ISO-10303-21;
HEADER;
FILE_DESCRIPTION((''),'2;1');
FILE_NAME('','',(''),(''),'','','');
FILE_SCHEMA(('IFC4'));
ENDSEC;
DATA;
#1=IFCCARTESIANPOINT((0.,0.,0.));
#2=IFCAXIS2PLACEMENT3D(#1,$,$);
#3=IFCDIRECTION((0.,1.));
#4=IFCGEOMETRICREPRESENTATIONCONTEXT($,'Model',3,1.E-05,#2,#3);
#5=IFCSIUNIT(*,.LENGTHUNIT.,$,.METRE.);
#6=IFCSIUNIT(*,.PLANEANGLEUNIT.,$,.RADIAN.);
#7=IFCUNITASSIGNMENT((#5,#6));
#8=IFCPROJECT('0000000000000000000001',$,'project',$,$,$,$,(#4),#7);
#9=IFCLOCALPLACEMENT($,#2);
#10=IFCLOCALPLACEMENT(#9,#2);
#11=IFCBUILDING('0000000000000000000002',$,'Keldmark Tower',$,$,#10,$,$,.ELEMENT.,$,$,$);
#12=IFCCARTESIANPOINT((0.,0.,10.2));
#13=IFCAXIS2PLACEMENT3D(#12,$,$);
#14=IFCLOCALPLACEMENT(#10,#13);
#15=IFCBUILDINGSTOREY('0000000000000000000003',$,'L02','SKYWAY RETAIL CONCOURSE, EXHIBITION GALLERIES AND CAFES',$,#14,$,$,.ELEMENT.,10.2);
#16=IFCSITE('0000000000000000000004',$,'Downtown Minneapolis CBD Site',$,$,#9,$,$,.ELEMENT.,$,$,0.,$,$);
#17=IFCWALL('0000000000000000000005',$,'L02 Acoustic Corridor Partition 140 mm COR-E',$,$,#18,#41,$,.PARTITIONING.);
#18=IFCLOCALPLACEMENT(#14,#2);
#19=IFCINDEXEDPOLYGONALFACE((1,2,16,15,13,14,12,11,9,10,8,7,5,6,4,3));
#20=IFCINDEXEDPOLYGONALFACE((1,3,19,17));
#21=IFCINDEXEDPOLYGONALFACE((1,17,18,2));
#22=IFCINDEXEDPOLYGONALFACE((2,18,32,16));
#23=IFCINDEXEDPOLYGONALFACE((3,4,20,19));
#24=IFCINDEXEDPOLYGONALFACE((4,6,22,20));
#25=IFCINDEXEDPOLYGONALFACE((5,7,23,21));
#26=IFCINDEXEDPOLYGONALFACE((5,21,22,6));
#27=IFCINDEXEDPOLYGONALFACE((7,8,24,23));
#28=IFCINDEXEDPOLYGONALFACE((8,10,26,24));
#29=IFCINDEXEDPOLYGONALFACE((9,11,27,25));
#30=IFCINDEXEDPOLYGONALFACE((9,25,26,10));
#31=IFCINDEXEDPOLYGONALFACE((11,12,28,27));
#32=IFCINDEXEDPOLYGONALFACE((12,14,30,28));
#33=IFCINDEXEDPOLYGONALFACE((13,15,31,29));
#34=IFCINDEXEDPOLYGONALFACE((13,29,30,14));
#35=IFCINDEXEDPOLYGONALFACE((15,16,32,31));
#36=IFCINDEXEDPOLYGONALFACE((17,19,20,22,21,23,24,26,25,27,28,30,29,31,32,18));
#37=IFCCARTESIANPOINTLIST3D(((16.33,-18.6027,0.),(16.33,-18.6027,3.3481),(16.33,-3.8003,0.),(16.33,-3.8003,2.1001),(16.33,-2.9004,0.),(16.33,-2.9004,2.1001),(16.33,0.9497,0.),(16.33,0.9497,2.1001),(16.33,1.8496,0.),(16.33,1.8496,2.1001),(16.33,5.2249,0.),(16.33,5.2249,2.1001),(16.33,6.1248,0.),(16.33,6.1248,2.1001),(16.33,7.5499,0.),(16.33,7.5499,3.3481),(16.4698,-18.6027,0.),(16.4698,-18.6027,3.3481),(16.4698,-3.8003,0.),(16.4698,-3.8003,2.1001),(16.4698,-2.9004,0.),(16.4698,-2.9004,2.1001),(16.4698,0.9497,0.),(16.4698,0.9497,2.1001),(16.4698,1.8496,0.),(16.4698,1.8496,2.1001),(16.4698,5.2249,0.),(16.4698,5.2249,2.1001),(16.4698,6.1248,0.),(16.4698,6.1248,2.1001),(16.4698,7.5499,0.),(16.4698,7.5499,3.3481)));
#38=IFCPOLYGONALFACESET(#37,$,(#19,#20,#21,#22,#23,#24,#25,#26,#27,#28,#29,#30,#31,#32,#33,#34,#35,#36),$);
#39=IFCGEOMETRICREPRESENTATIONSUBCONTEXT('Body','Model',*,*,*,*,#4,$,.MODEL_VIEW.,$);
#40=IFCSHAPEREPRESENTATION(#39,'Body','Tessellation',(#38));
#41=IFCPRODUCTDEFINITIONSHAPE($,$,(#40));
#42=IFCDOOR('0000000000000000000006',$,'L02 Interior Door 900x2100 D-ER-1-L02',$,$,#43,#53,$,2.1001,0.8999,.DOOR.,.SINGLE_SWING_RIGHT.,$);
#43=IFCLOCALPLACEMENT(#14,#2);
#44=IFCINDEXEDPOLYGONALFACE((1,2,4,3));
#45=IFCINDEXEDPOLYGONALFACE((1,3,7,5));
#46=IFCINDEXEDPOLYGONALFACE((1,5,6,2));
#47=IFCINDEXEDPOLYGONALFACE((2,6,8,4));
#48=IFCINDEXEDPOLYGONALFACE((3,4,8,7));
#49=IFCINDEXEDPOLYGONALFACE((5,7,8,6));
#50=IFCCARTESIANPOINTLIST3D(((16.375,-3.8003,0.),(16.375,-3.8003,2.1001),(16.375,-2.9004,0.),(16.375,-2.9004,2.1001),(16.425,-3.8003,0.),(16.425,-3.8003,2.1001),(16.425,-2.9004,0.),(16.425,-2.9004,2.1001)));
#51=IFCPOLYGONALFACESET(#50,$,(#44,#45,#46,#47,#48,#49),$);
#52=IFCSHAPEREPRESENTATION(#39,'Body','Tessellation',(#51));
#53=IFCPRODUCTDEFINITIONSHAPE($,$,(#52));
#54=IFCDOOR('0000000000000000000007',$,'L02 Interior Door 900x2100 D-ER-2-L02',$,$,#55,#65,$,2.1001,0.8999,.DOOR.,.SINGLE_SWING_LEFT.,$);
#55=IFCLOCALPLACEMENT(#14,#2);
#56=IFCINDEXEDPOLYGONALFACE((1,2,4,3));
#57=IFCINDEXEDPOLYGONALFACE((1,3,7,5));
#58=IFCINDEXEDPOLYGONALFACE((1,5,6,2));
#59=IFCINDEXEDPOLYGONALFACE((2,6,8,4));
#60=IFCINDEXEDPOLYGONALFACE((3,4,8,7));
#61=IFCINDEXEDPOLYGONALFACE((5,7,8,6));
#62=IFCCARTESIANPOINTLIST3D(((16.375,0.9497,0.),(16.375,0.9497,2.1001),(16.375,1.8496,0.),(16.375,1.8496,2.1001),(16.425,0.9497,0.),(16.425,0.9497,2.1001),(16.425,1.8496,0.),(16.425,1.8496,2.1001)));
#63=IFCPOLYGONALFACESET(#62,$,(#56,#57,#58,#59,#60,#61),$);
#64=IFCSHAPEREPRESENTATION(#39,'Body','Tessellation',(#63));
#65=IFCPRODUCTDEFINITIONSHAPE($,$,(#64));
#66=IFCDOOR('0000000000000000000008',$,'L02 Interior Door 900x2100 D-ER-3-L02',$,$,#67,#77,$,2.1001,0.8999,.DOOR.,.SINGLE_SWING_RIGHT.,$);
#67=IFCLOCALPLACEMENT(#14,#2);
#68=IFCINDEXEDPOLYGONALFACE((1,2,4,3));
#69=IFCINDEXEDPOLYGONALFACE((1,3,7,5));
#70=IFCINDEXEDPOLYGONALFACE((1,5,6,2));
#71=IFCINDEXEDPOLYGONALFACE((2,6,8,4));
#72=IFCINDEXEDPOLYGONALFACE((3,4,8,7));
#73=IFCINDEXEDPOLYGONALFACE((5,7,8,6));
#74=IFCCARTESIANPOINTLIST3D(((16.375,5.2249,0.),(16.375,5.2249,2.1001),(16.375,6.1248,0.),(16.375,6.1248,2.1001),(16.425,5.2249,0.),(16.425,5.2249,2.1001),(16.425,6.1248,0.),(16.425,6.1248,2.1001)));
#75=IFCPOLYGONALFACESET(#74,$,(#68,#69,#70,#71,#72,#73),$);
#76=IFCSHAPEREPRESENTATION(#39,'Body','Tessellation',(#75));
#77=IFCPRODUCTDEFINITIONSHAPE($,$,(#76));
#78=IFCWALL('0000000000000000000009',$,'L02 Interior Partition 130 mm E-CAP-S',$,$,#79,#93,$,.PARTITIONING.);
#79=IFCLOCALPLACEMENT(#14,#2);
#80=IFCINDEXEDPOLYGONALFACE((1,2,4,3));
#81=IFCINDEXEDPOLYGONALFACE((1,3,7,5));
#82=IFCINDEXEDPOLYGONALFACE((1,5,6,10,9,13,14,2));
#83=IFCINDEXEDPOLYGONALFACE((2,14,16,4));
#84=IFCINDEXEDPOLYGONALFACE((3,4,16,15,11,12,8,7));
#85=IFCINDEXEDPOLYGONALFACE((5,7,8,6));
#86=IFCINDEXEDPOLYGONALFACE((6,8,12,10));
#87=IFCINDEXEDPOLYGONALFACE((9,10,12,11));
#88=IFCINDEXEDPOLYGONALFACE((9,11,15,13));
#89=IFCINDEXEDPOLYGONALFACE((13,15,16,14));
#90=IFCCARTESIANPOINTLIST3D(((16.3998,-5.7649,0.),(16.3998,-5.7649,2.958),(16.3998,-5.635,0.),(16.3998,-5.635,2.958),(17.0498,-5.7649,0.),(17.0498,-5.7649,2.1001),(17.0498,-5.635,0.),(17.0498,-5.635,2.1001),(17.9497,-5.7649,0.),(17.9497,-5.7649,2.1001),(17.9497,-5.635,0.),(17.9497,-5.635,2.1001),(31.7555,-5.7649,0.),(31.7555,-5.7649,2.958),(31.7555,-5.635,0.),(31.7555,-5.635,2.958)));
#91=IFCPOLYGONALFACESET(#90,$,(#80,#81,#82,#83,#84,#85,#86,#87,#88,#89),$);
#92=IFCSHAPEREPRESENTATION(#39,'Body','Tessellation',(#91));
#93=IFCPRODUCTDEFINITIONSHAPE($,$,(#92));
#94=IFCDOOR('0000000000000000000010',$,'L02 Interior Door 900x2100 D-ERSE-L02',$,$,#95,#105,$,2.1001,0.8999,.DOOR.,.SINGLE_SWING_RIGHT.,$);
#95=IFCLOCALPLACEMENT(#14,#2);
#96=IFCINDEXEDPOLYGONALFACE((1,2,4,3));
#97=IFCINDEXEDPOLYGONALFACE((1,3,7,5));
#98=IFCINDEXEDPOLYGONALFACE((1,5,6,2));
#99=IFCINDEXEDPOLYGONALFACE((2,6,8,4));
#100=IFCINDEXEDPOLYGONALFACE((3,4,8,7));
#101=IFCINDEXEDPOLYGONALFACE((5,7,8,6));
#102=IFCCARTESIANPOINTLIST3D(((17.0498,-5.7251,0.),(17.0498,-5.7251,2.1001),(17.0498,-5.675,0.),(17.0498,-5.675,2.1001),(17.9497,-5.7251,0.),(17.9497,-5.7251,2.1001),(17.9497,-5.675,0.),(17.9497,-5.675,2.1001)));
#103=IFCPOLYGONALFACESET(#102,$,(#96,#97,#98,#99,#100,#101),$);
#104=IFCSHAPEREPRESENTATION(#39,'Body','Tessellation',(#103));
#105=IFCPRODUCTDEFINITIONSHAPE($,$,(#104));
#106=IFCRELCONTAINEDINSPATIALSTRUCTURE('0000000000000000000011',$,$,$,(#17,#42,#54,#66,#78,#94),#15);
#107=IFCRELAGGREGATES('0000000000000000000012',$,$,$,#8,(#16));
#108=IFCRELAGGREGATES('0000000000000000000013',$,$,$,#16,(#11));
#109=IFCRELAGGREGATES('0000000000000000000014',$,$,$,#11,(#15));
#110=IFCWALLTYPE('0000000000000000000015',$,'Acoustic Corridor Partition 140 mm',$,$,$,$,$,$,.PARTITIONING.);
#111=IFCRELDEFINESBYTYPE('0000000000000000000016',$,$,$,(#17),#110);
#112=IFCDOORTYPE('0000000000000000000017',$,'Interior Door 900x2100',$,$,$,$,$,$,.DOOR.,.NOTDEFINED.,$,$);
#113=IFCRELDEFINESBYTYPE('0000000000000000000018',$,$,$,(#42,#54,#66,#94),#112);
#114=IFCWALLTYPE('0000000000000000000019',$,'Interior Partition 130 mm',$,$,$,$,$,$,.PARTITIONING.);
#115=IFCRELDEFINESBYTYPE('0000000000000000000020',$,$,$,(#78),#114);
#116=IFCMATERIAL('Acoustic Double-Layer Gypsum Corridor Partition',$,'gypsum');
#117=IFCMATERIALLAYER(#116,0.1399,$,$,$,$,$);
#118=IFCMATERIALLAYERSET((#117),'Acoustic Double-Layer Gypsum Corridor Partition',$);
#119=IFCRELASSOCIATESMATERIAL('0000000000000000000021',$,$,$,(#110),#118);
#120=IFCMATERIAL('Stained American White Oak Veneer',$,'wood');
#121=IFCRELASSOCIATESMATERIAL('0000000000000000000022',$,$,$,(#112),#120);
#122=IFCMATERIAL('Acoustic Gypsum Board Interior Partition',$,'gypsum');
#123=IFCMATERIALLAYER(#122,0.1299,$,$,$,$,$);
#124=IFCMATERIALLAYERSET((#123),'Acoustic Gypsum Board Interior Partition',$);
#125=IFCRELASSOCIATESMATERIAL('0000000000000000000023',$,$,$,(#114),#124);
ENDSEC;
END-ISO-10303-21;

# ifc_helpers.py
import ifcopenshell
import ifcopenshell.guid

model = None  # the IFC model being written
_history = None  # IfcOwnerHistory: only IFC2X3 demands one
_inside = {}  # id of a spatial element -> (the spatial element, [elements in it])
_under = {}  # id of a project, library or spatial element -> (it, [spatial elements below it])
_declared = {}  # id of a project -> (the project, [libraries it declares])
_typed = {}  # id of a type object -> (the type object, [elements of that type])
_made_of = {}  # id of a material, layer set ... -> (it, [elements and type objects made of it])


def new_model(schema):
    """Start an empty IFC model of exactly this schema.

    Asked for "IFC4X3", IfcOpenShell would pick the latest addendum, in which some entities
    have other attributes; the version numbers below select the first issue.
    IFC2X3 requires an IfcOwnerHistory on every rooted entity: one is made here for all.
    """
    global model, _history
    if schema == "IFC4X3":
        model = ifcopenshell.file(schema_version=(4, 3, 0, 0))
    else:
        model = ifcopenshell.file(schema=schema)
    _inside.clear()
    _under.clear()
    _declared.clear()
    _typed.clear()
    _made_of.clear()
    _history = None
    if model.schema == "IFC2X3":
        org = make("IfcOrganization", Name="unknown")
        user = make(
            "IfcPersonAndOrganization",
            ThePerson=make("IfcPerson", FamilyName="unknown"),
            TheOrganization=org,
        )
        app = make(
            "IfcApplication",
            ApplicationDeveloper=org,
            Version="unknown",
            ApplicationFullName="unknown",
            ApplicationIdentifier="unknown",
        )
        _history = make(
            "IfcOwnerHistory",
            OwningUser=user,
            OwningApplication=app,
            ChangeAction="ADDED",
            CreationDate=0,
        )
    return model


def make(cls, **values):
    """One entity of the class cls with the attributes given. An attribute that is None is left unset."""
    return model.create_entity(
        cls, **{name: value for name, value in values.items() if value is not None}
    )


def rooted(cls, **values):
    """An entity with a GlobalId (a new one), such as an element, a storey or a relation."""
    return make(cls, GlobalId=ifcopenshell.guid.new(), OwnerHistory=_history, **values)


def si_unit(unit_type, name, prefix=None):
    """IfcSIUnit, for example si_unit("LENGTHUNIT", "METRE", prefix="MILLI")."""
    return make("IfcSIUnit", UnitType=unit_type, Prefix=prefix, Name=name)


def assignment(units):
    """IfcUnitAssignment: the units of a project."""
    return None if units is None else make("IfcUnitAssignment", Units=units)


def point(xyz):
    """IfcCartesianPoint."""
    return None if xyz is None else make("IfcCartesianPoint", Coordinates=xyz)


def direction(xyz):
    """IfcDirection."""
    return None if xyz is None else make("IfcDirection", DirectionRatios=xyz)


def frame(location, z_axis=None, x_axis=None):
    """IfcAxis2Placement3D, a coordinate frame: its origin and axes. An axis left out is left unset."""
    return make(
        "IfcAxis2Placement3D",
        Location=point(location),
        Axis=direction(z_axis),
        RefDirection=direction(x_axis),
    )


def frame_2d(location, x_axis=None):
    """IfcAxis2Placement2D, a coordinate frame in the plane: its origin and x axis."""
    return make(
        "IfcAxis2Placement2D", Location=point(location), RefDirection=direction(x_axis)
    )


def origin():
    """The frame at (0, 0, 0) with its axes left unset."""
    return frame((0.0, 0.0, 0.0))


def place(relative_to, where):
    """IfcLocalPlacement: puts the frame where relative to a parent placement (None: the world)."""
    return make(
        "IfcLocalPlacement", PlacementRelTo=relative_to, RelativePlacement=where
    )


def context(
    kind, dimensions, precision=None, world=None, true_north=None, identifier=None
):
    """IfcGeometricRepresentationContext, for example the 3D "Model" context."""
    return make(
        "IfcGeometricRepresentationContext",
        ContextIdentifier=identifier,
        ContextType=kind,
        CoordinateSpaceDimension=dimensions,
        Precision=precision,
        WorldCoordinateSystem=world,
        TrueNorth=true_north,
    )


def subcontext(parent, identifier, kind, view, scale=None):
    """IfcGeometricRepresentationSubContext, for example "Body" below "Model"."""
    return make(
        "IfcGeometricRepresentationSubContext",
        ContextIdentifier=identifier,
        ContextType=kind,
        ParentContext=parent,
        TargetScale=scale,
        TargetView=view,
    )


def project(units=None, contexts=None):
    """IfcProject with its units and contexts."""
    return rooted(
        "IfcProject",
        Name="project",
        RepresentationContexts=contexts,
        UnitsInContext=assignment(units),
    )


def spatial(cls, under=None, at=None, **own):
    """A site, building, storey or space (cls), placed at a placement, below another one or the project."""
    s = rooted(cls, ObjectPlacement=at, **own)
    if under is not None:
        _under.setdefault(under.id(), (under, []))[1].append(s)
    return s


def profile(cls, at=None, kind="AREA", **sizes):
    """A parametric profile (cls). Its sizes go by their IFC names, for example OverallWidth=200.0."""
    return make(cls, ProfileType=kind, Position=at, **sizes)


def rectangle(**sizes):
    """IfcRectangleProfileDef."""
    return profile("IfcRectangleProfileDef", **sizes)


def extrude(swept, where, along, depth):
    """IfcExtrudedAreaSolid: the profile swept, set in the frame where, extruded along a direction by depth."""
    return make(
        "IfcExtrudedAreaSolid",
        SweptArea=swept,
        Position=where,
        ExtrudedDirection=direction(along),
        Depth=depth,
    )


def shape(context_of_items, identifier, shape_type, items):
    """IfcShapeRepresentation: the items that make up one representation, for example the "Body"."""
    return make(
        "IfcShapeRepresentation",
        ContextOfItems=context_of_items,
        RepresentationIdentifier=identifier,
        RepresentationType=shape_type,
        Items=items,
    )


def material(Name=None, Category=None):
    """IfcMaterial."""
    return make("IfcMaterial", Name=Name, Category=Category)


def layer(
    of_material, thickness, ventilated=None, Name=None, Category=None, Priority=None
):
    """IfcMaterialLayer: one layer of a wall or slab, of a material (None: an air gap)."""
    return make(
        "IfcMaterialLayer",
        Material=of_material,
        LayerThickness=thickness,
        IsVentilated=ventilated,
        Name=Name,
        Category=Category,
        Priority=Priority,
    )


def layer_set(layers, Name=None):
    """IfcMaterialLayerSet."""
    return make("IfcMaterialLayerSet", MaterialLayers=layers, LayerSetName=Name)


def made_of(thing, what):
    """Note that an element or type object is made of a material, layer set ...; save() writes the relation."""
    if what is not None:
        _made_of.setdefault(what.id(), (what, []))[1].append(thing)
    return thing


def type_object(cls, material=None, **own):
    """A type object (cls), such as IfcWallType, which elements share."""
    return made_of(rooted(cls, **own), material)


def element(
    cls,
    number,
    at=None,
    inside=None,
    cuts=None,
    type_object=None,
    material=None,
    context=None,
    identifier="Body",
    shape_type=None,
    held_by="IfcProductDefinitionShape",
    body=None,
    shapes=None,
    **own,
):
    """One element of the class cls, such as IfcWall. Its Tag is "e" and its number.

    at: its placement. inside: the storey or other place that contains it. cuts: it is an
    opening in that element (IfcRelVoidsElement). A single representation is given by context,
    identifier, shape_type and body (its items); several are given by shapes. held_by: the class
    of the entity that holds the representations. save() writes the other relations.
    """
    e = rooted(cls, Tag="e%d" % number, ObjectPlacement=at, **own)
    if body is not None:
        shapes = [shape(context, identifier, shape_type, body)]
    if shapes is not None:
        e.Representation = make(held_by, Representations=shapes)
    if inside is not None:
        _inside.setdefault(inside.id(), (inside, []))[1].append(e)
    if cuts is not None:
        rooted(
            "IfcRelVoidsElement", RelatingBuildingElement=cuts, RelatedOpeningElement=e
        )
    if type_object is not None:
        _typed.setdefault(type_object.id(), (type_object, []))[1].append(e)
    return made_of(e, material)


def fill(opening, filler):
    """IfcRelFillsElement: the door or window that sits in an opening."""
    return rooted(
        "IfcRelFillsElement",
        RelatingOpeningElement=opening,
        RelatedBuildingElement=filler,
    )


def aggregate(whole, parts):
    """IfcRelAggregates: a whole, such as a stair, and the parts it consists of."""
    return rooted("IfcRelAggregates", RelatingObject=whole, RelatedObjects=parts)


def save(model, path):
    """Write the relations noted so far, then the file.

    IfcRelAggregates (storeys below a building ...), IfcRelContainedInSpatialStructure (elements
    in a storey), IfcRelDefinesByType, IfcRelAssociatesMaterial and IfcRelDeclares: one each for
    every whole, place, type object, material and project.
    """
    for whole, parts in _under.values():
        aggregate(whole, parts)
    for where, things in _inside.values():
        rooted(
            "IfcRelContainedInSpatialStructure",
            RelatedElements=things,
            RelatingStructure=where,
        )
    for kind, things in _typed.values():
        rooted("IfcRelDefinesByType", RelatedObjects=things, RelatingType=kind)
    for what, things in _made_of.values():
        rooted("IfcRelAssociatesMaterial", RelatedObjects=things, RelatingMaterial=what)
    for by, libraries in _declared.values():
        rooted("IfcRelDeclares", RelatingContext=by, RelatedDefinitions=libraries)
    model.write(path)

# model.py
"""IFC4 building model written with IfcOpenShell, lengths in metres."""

from ifc_helpers import new_model, si_unit, direction, frame, frame_2d, origin, place, context, subcontext, project, spatial, rectangle, extrude, material, layer, layer_set, type_object, element, fill, save


model = new_model("IFC4")

# Units and contexts
model_context = context("Model", 3, precision=1e-05, world=origin(), true_north=direction((0.0, 1.0)))
body_context = subcontext(model_context, "Body", "Model", "MODEL_VIEW")
ifc_project = project(units=[si_unit("LENGTHUNIT", "METRE"), si_unit("PLANEANGLEUNIT", "RADIAN")], contexts=[model_context])

# Site, building, storey
site_placement = place(None, origin())
site = spatial("IfcSite", under=ifc_project, at=site_placement, Name="Downtown Minneapolis CBD Site", CompositionType="ELEMENT", RefElevation=0.0)
building_placement = place(site_placement, origin())
building = spatial("IfcBuilding", under=site, at=building_placement, Name="Keldmark Tower", CompositionType="ELEMENT")
storey_placement = place(building_placement, frame((0.0, 0.0, 10.2)))
storey = spatial("IfcBuildingStorey", under=building, at=storey_placement, Name="L02", Description="SKYWAY RETAIL CONCOURSE, EXHIBITION GALLERIES AND CAFES", CompositionType="ELEMENT", Elevation=10.2)

# Wall, openings, doors
ifc_material_1 = material(Name="Acoustic Double-Layer Gypsum Corridor Partition", Category="gypsum")
ifc_layer_1 = layer(ifc_material_1, 0.1399)
ifc_layer_set_1 = layer_set([ifc_layer_1], Name="Acoustic Double-Layer Gypsum Corridor Partition")
wall_type_1 = type_object("IfcWallType", Name="Acoustic Corridor Partition 140 mm", PredefinedType="PARTITIONING", material=ifc_layer_set_1)
wall_1_placement = place(storey_placement, frame((16.3999, -18.6025, 0.0), z_axis=(0.0, 0.0, 1.0), x_axis=(0.0, 1.0, 0.0)))
wall_1 = element("IfcWall", 1, at=wall_1_placement, inside=storey, type_object=wall_type_1, Name="L02 Acoustic Corridor Partition 140 mm COR-E", PredefinedType="PARTITIONING", context=body_context, shape_type="SweptSolid", body=[
    extrude(rectangle(XDim=26.1526, YDim=0.1399, at=frame_2d((13.0762, 0.0))), origin(), (0.0, 0.0, 1.0), 3.3481),
])
opening_1_placement = place(wall_1_placement, frame((14.8022, 0.0, 0.0)))
opening_1 = element("IfcOpeningElement", 2, at=opening_1_placement, cuts=wall_1, PredefinedType="OPENING", context=body_context, shape_type="SweptSolid", body=[
    extrude(rectangle(XDim=0.8999, YDim=2.1001, at=frame_2d((0.45, 1.05))), frame((0.0, 0.0798, 0.0), z_axis=(0.0, -1.0, 0.0), x_axis=(1.0, 0.0, 0.0)), (0.0, 0.0, 1.0), 0.1599),
])
opening_2_placement = place(wall_1_placement, frame((19.5522, 0.0, 0.0)))
opening_2 = element("IfcOpeningElement", 3, at=opening_2_placement, cuts=wall_1, PredefinedType="OPENING", context=body_context, shape_type="SweptSolid", body=[
    extrude(rectangle(XDim=0.8999, YDim=2.1001, at=frame_2d((0.45, 1.05))), frame((0.0, 0.0798, 0.0), z_axis=(0.0, -1.0, 0.0), x_axis=(1.0, 0.0, 0.0)), (0.0, 0.0, 1.0), 0.1599),
])
opening_3_placement = place(wall_1_placement, frame((23.8274, 0.0, 0.0)))
opening_3 = element("IfcOpeningElement", 4, at=opening_3_placement, cuts=wall_1, PredefinedType="OPENING", context=body_context, shape_type="SweptSolid", body=[
    extrude(rectangle(XDim=0.8999, YDim=2.1001, at=frame_2d((0.45, 1.05))), frame((0.0, 0.0798, 0.0), z_axis=(0.0, -1.0, 0.0), x_axis=(1.0, 0.0, 0.0)), (0.0, 0.0, 1.0), 0.1599),
])
ifc_material_2 = material(Name="Stained American White Oak Veneer", Category="wood")
door_type = type_object("IfcDoorType", Name="Interior Door 900x2100", OperationType="NOTDEFINED", PredefinedType="DOOR", material=ifc_material_2)
door_1_placement = place(opening_1_placement, origin())
door_1 = element("IfcDoor", 5, at=door_1_placement, inside=storey, type_object=door_type, Name="L02 Interior Door 900x2100 D-ER-1-L02", OperationType="SINGLE_SWING_RIGHT", OverallHeight=2.1001, OverallWidth=0.8999, PredefinedType="DOOR", context=body_context, shape_type="SweptSolid", body=[
    extrude(rectangle(XDim=0.8999, YDim=2.1001, at=frame_2d((0.45, 1.05))), frame((0.0, 0.0249, 0.0), z_axis=(0.0, -1.0, 0.0), x_axis=(1.0, 0.0, 0.0)), (0.0, 0.0, 1.0), 0.05),
])
fill(opening_1, door_1)
door_2_placement = place(opening_2_placement, origin())
door_2 = element("IfcDoor", 6, at=door_2_placement, inside=storey, type_object=door_type, Name="L02 Interior Door 900x2100 D-ER-2-L02", OperationType="SINGLE_SWING_LEFT", OverallHeight=2.1001, OverallWidth=0.8999, PredefinedType="DOOR", context=body_context, shape_type="SweptSolid", body=[
    extrude(rectangle(XDim=0.8999, YDim=2.1001, at=frame_2d((0.45, 1.05))), frame((0.0, 0.0249, 0.0), z_axis=(0.0, -1.0, 0.0), x_axis=(1.0, 0.0, 0.0)), (0.0, 0.0, 1.0), 0.05),
])
fill(opening_2, door_2)
door_3_placement = place(opening_3_placement, origin())
door_3 = element("IfcDoor", 7, at=door_3_placement, inside=storey, type_object=door_type, Name="L02 Interior Door 900x2100 D-ER-3-L02", OperationType="SINGLE_SWING_RIGHT", OverallHeight=2.1001, OverallWidth=0.8999, PredefinedType="DOOR", context=body_context, shape_type="SweptSolid", body=[
    extrude(rectangle(XDim=0.8999, YDim=2.1001, at=frame_2d((0.45, 1.05))), frame((0.0, 0.0249, 0.0), z_axis=(0.0, -1.0, 0.0), x_axis=(1.0, 0.0, 0.0)), (0.0, 0.0, 1.0), 0.05),
])
fill(opening_3, door_3)

# Wall, opening, door
ifc_material_3 = material(Name="Acoustic Gypsum Board Interior Partition", Category="gypsum")
ifc_layer_2 = layer(ifc_material_3, 0.1299)
ifc_layer_set_2 = layer_set([ifc_layer_2], Name="Acoustic Gypsum Board Interior Partition")
wall_type_2 = type_object("IfcWallType", Name="Interior Partition 130 mm", PredefinedType="PARTITIONING", material=ifc_layer_set_2)
wall_2_placement = place(storey_placement, frame((16.3999, -5.7, 0.0), z_axis=(0.0, 0.0, 1.0), x_axis=(1.0, 0.0, 0.0)))
wall_2 = element("IfcWall", 8, at=wall_2_placement, inside=storey, type_object=wall_type_2, Name="L02 Interior Partition 130 mm E-CAP-S", PredefinedType="PARTITIONING", context=body_context, shape_type="SweptSolid", body=[
    extrude(rectangle(XDim=15.3557, YDim=0.1299, at=frame_2d((7.6777, 0.0))), origin(), (0.0, 0.0, 1.0), 2.958),
])
opening_4_placement = place(wall_2_placement, frame((0.6499, 0.0, 0.0)))
opening_4 = element("IfcOpeningElement", 9, at=opening_4_placement, cuts=wall_2, PredefinedType="OPENING", context=body_context, shape_type="SweptSolid", body=[
    extrude(rectangle(XDim=0.8999, YDim=2.1001, at=frame_2d((0.45, 1.05))), frame((0.0, 0.075, 0.0), z_axis=(0.0, -1.0, 0.0), x_axis=(1.0, 0.0, 0.0)), (0.0, 0.0, 1.0), 0.1499),
])
door_4_placement = place(opening_4_placement, origin())
door_4 = element("IfcDoor", 10, at=door_4_placement, inside=storey, type_object=door_type, Name="L02 Interior Door 900x2100 D-ERSE-L02", OperationType="SINGLE_SWING_RIGHT", OverallHeight=2.1001, OverallWidth=0.8999, PredefinedType="DOOR", context=body_context, shape_type="SweptSolid", body=[
    extrude(rectangle(XDim=0.8999, YDim=2.1001, at=frame_2d((0.45, 1.05))), frame((0.0, 0.0249, 0.0), z_axis=(0.0, -1.0, 0.0), x_axis=(1.0, 0.0, 0.0)), (0.0, 0.0, 1.0), 0.05),
])
fill(opening_4, door_4)

save(model, "model.ifc")
